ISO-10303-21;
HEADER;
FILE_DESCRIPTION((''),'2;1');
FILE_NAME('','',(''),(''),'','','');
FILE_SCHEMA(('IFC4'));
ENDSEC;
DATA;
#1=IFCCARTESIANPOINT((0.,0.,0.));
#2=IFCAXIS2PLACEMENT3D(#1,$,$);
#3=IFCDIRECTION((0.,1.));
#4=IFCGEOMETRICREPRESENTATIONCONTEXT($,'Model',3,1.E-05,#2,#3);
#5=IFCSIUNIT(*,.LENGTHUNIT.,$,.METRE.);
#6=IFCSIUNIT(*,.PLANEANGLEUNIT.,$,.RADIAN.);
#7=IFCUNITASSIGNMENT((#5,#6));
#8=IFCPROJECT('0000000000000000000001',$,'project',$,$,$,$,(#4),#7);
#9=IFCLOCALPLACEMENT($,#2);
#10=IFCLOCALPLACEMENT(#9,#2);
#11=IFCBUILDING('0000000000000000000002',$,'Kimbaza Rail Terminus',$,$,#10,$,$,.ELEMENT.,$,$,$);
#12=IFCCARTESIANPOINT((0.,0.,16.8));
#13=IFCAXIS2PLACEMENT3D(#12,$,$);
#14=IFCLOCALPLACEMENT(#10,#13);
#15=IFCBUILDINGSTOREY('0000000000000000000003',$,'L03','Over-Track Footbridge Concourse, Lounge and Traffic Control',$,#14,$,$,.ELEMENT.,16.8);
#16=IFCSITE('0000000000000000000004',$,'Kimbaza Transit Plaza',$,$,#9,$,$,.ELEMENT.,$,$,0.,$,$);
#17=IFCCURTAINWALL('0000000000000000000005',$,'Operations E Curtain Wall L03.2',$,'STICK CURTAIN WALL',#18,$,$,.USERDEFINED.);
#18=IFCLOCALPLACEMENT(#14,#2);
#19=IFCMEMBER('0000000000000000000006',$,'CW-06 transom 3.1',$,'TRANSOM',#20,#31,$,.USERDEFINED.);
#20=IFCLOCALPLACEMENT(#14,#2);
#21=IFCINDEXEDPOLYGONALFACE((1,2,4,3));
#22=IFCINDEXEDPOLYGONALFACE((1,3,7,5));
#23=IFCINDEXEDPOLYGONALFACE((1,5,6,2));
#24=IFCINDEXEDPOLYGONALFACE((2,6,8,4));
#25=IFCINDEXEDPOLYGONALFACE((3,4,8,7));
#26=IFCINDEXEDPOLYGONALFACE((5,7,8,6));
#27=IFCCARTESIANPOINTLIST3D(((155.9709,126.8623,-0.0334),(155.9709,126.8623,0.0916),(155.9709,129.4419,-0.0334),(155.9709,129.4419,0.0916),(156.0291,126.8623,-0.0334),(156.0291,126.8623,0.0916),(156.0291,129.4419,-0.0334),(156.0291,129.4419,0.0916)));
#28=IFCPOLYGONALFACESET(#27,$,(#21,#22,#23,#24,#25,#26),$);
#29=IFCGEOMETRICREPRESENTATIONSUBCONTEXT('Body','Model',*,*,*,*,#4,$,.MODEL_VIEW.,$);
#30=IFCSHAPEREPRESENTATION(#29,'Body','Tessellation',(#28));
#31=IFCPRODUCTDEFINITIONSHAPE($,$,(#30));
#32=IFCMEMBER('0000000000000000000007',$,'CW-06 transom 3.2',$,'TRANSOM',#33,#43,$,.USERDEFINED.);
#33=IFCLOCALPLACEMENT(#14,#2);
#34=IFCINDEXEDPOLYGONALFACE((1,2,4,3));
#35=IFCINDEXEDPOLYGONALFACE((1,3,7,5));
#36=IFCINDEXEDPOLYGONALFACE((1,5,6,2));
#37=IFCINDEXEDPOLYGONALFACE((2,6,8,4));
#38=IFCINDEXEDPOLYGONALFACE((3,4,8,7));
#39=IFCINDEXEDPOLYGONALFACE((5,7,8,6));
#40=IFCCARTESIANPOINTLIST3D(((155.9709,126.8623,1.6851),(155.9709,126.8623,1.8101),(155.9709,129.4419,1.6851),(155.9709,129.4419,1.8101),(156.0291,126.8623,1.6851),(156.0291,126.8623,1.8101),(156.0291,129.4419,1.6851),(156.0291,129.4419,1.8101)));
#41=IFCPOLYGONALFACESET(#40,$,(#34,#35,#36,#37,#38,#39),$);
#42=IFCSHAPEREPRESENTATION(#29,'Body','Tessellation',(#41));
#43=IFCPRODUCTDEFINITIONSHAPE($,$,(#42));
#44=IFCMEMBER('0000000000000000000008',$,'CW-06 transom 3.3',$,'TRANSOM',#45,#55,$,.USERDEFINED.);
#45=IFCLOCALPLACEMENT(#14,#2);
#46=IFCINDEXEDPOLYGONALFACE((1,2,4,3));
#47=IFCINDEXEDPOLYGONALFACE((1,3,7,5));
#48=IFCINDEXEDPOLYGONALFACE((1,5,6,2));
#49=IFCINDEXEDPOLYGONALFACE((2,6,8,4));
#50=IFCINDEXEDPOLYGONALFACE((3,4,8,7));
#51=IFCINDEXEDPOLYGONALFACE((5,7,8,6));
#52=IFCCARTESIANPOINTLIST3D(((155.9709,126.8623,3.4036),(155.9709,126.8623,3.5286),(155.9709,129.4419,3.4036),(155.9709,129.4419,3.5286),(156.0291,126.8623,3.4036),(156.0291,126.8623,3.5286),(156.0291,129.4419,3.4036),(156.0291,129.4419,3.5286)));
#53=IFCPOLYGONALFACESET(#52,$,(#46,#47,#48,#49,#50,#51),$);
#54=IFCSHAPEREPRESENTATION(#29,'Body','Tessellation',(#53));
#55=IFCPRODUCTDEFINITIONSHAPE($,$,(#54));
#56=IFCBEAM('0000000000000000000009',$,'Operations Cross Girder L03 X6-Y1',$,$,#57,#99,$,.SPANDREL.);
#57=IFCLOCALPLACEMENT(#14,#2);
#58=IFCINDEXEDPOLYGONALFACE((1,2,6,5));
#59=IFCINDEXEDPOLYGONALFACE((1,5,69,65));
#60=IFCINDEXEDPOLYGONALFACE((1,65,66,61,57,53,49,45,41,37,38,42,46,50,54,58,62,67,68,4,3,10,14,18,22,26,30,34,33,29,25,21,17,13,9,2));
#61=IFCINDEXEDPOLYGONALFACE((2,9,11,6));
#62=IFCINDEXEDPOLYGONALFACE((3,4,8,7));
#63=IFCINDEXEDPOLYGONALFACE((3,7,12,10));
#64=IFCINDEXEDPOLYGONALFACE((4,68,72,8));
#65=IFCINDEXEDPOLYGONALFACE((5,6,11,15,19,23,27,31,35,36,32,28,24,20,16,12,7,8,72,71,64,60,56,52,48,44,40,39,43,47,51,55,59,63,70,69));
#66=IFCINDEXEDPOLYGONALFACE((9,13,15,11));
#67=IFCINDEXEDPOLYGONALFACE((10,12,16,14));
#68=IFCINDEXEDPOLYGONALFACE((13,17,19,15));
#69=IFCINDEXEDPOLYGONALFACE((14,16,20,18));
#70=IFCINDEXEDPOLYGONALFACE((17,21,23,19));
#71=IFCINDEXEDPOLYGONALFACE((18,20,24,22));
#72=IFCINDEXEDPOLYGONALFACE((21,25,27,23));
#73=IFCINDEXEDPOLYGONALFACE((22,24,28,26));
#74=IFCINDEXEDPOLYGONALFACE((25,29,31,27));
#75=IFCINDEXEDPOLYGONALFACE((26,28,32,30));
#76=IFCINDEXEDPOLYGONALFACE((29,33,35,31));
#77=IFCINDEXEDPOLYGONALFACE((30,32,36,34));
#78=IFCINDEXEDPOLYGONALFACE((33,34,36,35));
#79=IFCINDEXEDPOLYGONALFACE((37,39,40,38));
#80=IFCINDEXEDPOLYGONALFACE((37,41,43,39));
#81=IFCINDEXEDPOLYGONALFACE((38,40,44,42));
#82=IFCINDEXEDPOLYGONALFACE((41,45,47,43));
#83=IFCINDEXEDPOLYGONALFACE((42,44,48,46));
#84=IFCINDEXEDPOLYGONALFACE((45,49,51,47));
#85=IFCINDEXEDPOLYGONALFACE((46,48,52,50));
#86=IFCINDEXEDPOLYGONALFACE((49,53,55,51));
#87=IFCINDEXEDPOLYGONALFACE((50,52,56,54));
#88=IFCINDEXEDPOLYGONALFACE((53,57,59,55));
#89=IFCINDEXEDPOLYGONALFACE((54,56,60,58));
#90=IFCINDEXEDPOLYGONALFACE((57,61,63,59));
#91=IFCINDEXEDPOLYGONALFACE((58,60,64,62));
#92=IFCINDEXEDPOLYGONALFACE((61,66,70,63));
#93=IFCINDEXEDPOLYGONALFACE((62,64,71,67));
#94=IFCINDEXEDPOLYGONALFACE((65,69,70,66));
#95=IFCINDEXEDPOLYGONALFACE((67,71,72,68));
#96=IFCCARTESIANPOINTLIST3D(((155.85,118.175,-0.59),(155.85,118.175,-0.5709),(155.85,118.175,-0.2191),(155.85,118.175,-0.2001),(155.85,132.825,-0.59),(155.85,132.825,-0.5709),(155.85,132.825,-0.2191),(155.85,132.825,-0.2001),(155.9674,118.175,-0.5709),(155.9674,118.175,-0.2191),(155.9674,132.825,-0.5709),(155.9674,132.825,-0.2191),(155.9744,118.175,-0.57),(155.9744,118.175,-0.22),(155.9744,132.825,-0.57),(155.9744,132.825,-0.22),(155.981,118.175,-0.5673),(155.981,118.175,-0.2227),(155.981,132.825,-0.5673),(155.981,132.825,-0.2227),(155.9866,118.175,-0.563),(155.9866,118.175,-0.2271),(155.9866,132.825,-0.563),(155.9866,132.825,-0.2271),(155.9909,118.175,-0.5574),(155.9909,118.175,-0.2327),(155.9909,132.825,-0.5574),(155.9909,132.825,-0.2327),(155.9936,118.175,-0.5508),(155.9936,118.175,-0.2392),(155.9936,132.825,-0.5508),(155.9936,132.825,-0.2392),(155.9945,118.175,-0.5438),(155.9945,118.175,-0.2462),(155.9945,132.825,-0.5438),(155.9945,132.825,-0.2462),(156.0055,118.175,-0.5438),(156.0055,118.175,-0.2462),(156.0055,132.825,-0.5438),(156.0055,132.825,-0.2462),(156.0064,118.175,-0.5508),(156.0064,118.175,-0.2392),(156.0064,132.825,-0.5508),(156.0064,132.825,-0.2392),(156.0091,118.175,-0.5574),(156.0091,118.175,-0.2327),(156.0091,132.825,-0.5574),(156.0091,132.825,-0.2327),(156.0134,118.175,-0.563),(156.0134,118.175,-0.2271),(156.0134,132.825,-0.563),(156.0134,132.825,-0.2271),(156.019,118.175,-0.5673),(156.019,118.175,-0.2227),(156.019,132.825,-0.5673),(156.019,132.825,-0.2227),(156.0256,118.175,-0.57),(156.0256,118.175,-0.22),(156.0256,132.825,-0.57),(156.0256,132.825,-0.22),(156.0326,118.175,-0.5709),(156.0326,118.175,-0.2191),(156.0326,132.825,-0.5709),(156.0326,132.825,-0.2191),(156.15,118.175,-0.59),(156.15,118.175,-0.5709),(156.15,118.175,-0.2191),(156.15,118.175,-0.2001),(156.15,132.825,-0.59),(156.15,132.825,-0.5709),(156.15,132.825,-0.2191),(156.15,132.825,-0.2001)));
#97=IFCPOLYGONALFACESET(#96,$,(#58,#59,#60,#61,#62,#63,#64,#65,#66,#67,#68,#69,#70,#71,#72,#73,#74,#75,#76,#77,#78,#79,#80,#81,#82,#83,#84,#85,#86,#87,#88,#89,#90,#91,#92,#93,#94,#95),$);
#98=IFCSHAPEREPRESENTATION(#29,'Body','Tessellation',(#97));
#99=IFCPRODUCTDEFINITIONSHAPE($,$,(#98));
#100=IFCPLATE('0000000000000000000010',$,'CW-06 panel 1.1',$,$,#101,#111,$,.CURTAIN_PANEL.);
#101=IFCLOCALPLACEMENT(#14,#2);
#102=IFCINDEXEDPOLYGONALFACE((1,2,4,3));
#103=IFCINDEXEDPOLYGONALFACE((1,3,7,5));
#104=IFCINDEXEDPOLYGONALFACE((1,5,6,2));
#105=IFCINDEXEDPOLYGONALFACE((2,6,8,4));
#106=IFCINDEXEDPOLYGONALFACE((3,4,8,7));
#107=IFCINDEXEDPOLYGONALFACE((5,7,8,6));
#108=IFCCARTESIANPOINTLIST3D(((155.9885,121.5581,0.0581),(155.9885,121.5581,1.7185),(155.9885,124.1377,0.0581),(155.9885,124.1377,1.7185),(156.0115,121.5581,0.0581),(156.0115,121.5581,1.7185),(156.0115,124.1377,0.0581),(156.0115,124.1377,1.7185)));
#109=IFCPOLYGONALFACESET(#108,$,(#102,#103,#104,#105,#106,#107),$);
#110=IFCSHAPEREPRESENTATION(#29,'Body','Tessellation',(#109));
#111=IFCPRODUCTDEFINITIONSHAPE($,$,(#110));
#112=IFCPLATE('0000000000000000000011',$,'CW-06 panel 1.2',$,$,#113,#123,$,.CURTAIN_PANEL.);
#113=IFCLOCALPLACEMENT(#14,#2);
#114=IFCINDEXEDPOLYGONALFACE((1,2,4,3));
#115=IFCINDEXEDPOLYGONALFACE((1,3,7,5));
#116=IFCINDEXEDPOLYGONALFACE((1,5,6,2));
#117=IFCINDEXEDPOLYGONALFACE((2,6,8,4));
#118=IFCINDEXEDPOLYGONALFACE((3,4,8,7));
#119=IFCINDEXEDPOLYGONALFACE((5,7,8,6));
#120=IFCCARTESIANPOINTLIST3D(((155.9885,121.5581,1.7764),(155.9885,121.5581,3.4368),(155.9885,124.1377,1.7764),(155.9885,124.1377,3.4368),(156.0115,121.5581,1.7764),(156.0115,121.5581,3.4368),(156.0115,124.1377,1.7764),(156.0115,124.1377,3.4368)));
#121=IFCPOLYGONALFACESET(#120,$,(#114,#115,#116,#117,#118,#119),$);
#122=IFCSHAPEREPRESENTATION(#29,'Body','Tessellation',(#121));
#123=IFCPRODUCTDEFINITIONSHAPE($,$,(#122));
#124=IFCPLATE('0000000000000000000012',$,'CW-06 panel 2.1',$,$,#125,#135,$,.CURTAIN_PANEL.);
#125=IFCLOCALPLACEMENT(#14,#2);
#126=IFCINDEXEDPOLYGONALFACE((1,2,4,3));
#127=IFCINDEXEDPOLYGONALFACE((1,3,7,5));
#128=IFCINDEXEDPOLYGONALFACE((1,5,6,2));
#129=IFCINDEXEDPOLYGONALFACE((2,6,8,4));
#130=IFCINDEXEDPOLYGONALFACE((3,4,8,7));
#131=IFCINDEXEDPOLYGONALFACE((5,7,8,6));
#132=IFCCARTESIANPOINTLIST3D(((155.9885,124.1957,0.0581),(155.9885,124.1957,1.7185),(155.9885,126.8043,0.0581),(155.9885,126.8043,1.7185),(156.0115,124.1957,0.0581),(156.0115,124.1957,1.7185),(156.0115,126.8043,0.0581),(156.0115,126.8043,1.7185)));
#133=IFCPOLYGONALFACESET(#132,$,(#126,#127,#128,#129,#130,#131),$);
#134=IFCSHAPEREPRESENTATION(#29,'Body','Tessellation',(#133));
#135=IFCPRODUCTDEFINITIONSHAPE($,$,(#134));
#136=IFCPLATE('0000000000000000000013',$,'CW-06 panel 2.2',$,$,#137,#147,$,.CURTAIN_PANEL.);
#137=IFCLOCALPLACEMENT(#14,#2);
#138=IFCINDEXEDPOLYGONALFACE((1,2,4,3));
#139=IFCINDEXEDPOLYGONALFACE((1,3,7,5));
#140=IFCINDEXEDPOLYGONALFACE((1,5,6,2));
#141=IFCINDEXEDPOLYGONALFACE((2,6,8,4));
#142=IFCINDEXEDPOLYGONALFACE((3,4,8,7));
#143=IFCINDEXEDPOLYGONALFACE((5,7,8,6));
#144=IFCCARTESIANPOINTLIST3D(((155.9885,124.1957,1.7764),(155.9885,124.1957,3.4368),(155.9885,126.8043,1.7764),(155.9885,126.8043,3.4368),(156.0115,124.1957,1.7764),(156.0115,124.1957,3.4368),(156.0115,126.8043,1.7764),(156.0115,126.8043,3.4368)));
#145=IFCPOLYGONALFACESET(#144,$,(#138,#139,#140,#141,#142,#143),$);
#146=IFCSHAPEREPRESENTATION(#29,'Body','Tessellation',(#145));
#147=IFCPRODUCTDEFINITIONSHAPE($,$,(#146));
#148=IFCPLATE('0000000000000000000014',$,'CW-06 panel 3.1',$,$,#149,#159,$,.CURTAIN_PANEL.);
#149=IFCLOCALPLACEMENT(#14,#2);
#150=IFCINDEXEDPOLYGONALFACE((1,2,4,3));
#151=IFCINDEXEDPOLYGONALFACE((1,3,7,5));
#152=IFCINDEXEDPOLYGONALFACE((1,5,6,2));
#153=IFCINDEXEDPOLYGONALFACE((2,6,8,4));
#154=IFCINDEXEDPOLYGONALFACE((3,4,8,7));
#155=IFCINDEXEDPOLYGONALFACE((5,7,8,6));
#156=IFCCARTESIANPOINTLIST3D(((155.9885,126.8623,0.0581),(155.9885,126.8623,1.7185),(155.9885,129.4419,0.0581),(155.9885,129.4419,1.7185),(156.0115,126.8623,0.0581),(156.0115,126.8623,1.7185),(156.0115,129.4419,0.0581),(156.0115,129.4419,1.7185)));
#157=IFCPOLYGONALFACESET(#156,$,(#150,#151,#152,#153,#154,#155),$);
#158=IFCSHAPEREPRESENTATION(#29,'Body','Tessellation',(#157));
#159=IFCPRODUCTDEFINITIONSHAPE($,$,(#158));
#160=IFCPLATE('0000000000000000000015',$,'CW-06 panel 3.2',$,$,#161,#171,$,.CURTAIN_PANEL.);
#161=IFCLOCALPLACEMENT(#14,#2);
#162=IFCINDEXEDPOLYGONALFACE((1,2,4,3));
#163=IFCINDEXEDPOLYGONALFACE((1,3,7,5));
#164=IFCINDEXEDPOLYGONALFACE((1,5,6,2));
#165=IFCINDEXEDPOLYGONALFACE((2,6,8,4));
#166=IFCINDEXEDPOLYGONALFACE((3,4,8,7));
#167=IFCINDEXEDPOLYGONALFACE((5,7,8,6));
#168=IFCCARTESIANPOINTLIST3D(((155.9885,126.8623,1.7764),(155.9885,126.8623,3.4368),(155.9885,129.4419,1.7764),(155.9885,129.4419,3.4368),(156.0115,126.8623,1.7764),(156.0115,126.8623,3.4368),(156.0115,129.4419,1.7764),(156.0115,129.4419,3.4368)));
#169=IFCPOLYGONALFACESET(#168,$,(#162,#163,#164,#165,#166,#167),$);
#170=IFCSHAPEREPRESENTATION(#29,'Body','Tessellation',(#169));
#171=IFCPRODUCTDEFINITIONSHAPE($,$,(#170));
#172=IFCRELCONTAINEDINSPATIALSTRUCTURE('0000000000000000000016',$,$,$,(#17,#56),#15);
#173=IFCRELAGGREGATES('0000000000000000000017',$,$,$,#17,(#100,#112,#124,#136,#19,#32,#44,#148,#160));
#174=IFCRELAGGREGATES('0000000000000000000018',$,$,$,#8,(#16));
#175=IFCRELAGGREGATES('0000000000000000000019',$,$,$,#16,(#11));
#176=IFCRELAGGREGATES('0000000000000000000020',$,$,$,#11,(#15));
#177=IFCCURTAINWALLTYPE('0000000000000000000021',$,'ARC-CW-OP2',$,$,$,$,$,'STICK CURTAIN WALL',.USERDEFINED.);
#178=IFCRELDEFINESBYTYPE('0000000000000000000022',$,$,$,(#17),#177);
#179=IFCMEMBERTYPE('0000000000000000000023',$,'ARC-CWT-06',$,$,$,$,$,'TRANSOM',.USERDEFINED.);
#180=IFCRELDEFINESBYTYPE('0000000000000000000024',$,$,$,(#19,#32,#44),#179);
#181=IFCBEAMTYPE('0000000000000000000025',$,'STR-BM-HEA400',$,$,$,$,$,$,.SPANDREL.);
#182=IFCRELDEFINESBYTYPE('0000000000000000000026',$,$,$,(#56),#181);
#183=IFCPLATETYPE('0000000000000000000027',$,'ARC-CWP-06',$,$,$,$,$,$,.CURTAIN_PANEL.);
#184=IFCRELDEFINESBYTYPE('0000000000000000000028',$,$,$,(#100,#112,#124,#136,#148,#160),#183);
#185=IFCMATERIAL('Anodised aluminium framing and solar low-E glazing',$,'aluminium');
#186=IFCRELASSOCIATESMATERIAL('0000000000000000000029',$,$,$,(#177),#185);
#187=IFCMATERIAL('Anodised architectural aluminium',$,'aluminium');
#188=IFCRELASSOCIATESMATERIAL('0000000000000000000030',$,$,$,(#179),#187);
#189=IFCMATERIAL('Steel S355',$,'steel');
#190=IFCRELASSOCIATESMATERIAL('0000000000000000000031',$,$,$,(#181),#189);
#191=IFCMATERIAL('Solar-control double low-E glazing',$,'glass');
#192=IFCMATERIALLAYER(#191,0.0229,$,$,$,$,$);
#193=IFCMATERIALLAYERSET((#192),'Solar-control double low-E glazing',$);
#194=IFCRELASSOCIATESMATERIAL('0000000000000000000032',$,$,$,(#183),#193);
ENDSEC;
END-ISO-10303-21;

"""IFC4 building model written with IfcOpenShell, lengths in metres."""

from ifc_helpers import new_model, si_unit, direction, frame, origin, origin_2d, place, context, subcontext, project, spatial, rectangle, i_section, extrude, material, layer, layer_set, material_profile, profile_set, type_object, element, aggregate, save


model = new_model("IFC4")

# Units and contexts
model_context = context("Model", 3, precision=1e-05, world=origin(), true_north=direction((0.0, 1.0)))
body_context = subcontext(model_context, "Body", "Model", "MODEL_VIEW")
ifc_project = project(units=[si_unit("LENGTHUNIT", "METRE"), si_unit("PLANEANGLEUNIT", "RADIAN")], contexts=[model_context])

# Site, building, storey
site_placement = place(None, origin())
site = spatial("IfcSite", under=ifc_project, at=site_placement, Name="Kimbaza Transit Plaza", CompositionType="ELEMENT", RefElevation=0.0)
building_placement = place(site_placement, origin())
building = spatial("IfcBuilding", under=site, at=building_placement, Name="Kimbaza Rail Terminus", CompositionType="ELEMENT")
storey_placement = place(building_placement, frame((0.0, 0.0, 16.8)))
storey = spatial("IfcBuildingStorey", under=building, at=storey_placement, Name="L03", Description="Over-Track Footbridge Concourse, Lounge and Traffic Control", CompositionType="ELEMENT", Elevation=16.8)

# Shared definitions
ifc_material_1 = material(Name="Anodised aluminium framing and solar low-E glazing", Category="aluminium")
curtain_wall_type = type_object("IfcCurtainWallType", Name="ARC-CW-OP2", ElementType="STICK CURTAIN WALL", PredefinedType="USERDEFINED", material=ifc_material_1)

# Curtain wall, members
curtain_wall_1_placement = place(storey_placement, origin())
curtain_wall_1 = element("IfcCurtainWall", 1, at=curtain_wall_1_placement, inside=storey, type_object=curtain_wall_type, Name="Operations E Curtain Wall L03.2", ObjectType="STICK CURTAIN WALL", PredefinedType="USERDEFINED")
ifc_material_2 = material(Name="Anodised architectural aluminium", Category="aluminium")
ifc_material_profile_1 = material_profile(ifc_material_2, rectangle(XDim=0.0581, YDim=0.125, at=origin_2d()), Name="TRANSOM 58x125")
ifc_profile_set_1 = profile_set([ifc_material_profile_1], Name="Anodised architectural aluminium")
member_type_1 = type_object("IfcMemberType", Name="ARC-CWT-06", ElementType="TRANSOM", PredefinedType="USERDEFINED", material=ifc_profile_set_1)
member_1_placement = place(storey_placement, frame((156.0, 126.8623, 0.0291), z_axis=(0.0, 1.0, 0.0), x_axis=(-1.0, 0.0, 0.0)))
member_1 = element("IfcMember", 2, at=member_1_placement, type_object=member_type_1, Name="CW-06 transom 3.1", ObjectType="TRANSOM", PredefinedType="USERDEFINED", context=body_context, shape_type="SweptSolid", body=[
    extrude(rectangle(XDim=0.0581, YDim=0.125, at=origin_2d()), origin(), (0.0, 0.0, 1.0), 2.5796),
])
member_2_placement = place(storey_placement, frame((156.0, 126.8623, 1.7476), z_axis=(0.0, 1.0, 0.0), x_axis=(-1.0, 0.0, 0.0)))
member_2 = element("IfcMember", 3, at=member_2_placement, type_object=member_type_1, Name="CW-06 transom 3.2", ObjectType="TRANSOM", PredefinedType="USERDEFINED", context=body_context, shape_type="SweptSolid", body=[
    extrude(rectangle(XDim=0.0581, YDim=0.125, at=origin_2d()), origin(), (0.0, 0.0, 1.0), 2.5796),
])
member_3_placement = place(storey_placement, frame((156.0, 126.8623, 3.4661), z_axis=(0.0, 1.0, 0.0), x_axis=(-1.0, 0.0, 0.0)))
member_3 = element("IfcMember", 4, at=member_3_placement, type_object=member_type_1, Name="CW-06 transom 3.3", ObjectType="TRANSOM", PredefinedType="USERDEFINED", context=body_context, shape_type="SweptSolid", body=[
    extrude(rectangle(XDim=0.0581, YDim=0.125, at=origin_2d()), origin(), (0.0, 0.0, 1.0), 2.5796),
])

# Beam
ifc_material_3 = material(Name="Steel S355", Category="steel")
ifc_material_profile_2 = material_profile(ifc_material_3, i_section(OverallWidth=0.3, OverallDepth=0.3899, WebThickness=0.011, FlangeThickness=0.019, FilletRadius=0.0271, at=origin_2d()), Name="HEA 400")
ifc_profile_set_2 = profile_set([ifc_material_profile_2], Name="Steel S355")
beam_type = type_object("IfcBeamType", Name="STR-BM-HEA400", PredefinedType="SPANDREL", material=ifc_profile_set_2)
beam_placement = place(storey_placement, frame((156.0, 118.175, -0.395), z_axis=(0.0, 1.0, 0.0), x_axis=(-1.0, 0.0, 0.0)))
element("IfcBeam", 5, at=beam_placement, inside=storey, type_object=beam_type, Name="Operations Cross Girder L03 X6-Y1", PredefinedType="SPANDREL", context=body_context, shape_type="SweptSolid", body=[
    extrude(i_section(OverallWidth=0.3, OverallDepth=0.3899, WebThickness=0.011, FlangeThickness=0.019, FilletRadius=0.0271, at=origin_2d()), origin(), (0.0, 0.0, 1.0), 14.6499),
])

# Plates
ifc_material_4 = material(Name="Solar-control double low-E glazing", Category="glass")
ifc_layer_1 = layer(ifc_material_4, 0.0229)
ifc_layer_set_1 = layer_set([ifc_layer_1], Name="Solar-control double low-E glazing")
plate_type = type_object("IfcPlateType", Name="ARC-CWP-06", PredefinedType="CURTAIN_PANEL", material=ifc_layer_set_1)
plate_1_placement = place(storey_placement, frame((156.0, 122.8479, 0.0581), z_axis=(0.0, 0.0, 1.0), x_axis=(0.0, 1.0, 0.0)))
plate_1 = element("IfcPlate", 6, at=plate_1_placement, type_object=plate_type, Name="CW-06 panel 1.1", PredefinedType="CURTAIN_PANEL", context=body_context, shape_type="SweptSolid", body=[
    extrude(rectangle(XDim=2.5796, YDim=0.0229, at=origin_2d()), origin(), (0.0, 0.0, 1.0), 1.6604),
])
plate_2_placement = place(storey_placement, frame((156.0, 122.8479, 1.7764), z_axis=(0.0, 0.0, 1.0), x_axis=(0.0, 1.0, 0.0)))
plate_2 = element("IfcPlate", 7, at=plate_2_placement, type_object=plate_type, Name="CW-06 panel 1.2", PredefinedType="CURTAIN_PANEL", context=body_context, shape_type="SweptSolid", body=[
    extrude(rectangle(XDim=2.5796, YDim=0.0229, at=origin_2d()), origin(), (0.0, 0.0, 1.0), 1.6604),
])
plate_3_placement = place(storey_placement, frame((156.0, 125.5, 0.0581), z_axis=(0.0, 0.0, 1.0), x_axis=(0.0, 1.0, 0.0)))
plate_3 = element("IfcPlate", 8, at=plate_3_placement, type_object=plate_type, Name="CW-06 panel 2.1", PredefinedType="CURTAIN_PANEL", context=body_context, shape_type="SweptSolid", body=[
    extrude(rectangle(XDim=2.6086, YDim=0.0229, at=origin_2d()), origin(), (0.0, 0.0, 1.0), 1.6604),
])
plate_4_placement = place(storey_placement, frame((156.0, 125.5, 1.7764), z_axis=(0.0, 0.0, 1.0), x_axis=(0.0, 1.0, 0.0)))
plate_4 = element("IfcPlate", 9, at=plate_4_placement, type_object=plate_type, Name="CW-06 panel 2.2", PredefinedType="CURTAIN_PANEL", context=body_context, shape_type="SweptSolid", body=[
    extrude(rectangle(XDim=2.6086, YDim=0.0229, at=origin_2d()), origin(), (0.0, 0.0, 1.0), 1.6604),
])
plate_5_placement = place(storey_placement, frame((156.0, 128.1521, 0.0581), z_axis=(0.0, 0.0, 1.0), x_axis=(0.0, 1.0, 0.0)))
plate_5 = element("IfcPlate", 10, at=plate_5_placement, type_object=plate_type, Name="CW-06 panel 3.1", PredefinedType="CURTAIN_PANEL", context=body_context, shape_type="SweptSolid", body=[
    extrude(rectangle(XDim=2.5796, YDim=0.0229, at=origin_2d()), origin(), (0.0, 0.0, 1.0), 1.6604),
])
plate_6_placement = place(storey_placement, frame((156.0, 128.1521, 1.7764), z_axis=(0.0, 0.0, 1.0), x_axis=(0.0, 1.0, 0.0)))
plate_6 = element("IfcPlate", 11, at=plate_6_placement, type_object=plate_type, Name="CW-06 panel 3.2", PredefinedType="CURTAIN_PANEL", context=body_context, shape_type="SweptSolid", body=[
    extrude(rectangle(XDim=2.5796, YDim=0.0229, at=origin_2d()), origin(), (0.0, 0.0, 1.0), 1.6604),
])
aggregate(curtain_wall_1, [plate_1, plate_2, plate_3, plate_4, member_1, member_2, member_3, plate_5, plate_6])

save(model, "model.ifc")
